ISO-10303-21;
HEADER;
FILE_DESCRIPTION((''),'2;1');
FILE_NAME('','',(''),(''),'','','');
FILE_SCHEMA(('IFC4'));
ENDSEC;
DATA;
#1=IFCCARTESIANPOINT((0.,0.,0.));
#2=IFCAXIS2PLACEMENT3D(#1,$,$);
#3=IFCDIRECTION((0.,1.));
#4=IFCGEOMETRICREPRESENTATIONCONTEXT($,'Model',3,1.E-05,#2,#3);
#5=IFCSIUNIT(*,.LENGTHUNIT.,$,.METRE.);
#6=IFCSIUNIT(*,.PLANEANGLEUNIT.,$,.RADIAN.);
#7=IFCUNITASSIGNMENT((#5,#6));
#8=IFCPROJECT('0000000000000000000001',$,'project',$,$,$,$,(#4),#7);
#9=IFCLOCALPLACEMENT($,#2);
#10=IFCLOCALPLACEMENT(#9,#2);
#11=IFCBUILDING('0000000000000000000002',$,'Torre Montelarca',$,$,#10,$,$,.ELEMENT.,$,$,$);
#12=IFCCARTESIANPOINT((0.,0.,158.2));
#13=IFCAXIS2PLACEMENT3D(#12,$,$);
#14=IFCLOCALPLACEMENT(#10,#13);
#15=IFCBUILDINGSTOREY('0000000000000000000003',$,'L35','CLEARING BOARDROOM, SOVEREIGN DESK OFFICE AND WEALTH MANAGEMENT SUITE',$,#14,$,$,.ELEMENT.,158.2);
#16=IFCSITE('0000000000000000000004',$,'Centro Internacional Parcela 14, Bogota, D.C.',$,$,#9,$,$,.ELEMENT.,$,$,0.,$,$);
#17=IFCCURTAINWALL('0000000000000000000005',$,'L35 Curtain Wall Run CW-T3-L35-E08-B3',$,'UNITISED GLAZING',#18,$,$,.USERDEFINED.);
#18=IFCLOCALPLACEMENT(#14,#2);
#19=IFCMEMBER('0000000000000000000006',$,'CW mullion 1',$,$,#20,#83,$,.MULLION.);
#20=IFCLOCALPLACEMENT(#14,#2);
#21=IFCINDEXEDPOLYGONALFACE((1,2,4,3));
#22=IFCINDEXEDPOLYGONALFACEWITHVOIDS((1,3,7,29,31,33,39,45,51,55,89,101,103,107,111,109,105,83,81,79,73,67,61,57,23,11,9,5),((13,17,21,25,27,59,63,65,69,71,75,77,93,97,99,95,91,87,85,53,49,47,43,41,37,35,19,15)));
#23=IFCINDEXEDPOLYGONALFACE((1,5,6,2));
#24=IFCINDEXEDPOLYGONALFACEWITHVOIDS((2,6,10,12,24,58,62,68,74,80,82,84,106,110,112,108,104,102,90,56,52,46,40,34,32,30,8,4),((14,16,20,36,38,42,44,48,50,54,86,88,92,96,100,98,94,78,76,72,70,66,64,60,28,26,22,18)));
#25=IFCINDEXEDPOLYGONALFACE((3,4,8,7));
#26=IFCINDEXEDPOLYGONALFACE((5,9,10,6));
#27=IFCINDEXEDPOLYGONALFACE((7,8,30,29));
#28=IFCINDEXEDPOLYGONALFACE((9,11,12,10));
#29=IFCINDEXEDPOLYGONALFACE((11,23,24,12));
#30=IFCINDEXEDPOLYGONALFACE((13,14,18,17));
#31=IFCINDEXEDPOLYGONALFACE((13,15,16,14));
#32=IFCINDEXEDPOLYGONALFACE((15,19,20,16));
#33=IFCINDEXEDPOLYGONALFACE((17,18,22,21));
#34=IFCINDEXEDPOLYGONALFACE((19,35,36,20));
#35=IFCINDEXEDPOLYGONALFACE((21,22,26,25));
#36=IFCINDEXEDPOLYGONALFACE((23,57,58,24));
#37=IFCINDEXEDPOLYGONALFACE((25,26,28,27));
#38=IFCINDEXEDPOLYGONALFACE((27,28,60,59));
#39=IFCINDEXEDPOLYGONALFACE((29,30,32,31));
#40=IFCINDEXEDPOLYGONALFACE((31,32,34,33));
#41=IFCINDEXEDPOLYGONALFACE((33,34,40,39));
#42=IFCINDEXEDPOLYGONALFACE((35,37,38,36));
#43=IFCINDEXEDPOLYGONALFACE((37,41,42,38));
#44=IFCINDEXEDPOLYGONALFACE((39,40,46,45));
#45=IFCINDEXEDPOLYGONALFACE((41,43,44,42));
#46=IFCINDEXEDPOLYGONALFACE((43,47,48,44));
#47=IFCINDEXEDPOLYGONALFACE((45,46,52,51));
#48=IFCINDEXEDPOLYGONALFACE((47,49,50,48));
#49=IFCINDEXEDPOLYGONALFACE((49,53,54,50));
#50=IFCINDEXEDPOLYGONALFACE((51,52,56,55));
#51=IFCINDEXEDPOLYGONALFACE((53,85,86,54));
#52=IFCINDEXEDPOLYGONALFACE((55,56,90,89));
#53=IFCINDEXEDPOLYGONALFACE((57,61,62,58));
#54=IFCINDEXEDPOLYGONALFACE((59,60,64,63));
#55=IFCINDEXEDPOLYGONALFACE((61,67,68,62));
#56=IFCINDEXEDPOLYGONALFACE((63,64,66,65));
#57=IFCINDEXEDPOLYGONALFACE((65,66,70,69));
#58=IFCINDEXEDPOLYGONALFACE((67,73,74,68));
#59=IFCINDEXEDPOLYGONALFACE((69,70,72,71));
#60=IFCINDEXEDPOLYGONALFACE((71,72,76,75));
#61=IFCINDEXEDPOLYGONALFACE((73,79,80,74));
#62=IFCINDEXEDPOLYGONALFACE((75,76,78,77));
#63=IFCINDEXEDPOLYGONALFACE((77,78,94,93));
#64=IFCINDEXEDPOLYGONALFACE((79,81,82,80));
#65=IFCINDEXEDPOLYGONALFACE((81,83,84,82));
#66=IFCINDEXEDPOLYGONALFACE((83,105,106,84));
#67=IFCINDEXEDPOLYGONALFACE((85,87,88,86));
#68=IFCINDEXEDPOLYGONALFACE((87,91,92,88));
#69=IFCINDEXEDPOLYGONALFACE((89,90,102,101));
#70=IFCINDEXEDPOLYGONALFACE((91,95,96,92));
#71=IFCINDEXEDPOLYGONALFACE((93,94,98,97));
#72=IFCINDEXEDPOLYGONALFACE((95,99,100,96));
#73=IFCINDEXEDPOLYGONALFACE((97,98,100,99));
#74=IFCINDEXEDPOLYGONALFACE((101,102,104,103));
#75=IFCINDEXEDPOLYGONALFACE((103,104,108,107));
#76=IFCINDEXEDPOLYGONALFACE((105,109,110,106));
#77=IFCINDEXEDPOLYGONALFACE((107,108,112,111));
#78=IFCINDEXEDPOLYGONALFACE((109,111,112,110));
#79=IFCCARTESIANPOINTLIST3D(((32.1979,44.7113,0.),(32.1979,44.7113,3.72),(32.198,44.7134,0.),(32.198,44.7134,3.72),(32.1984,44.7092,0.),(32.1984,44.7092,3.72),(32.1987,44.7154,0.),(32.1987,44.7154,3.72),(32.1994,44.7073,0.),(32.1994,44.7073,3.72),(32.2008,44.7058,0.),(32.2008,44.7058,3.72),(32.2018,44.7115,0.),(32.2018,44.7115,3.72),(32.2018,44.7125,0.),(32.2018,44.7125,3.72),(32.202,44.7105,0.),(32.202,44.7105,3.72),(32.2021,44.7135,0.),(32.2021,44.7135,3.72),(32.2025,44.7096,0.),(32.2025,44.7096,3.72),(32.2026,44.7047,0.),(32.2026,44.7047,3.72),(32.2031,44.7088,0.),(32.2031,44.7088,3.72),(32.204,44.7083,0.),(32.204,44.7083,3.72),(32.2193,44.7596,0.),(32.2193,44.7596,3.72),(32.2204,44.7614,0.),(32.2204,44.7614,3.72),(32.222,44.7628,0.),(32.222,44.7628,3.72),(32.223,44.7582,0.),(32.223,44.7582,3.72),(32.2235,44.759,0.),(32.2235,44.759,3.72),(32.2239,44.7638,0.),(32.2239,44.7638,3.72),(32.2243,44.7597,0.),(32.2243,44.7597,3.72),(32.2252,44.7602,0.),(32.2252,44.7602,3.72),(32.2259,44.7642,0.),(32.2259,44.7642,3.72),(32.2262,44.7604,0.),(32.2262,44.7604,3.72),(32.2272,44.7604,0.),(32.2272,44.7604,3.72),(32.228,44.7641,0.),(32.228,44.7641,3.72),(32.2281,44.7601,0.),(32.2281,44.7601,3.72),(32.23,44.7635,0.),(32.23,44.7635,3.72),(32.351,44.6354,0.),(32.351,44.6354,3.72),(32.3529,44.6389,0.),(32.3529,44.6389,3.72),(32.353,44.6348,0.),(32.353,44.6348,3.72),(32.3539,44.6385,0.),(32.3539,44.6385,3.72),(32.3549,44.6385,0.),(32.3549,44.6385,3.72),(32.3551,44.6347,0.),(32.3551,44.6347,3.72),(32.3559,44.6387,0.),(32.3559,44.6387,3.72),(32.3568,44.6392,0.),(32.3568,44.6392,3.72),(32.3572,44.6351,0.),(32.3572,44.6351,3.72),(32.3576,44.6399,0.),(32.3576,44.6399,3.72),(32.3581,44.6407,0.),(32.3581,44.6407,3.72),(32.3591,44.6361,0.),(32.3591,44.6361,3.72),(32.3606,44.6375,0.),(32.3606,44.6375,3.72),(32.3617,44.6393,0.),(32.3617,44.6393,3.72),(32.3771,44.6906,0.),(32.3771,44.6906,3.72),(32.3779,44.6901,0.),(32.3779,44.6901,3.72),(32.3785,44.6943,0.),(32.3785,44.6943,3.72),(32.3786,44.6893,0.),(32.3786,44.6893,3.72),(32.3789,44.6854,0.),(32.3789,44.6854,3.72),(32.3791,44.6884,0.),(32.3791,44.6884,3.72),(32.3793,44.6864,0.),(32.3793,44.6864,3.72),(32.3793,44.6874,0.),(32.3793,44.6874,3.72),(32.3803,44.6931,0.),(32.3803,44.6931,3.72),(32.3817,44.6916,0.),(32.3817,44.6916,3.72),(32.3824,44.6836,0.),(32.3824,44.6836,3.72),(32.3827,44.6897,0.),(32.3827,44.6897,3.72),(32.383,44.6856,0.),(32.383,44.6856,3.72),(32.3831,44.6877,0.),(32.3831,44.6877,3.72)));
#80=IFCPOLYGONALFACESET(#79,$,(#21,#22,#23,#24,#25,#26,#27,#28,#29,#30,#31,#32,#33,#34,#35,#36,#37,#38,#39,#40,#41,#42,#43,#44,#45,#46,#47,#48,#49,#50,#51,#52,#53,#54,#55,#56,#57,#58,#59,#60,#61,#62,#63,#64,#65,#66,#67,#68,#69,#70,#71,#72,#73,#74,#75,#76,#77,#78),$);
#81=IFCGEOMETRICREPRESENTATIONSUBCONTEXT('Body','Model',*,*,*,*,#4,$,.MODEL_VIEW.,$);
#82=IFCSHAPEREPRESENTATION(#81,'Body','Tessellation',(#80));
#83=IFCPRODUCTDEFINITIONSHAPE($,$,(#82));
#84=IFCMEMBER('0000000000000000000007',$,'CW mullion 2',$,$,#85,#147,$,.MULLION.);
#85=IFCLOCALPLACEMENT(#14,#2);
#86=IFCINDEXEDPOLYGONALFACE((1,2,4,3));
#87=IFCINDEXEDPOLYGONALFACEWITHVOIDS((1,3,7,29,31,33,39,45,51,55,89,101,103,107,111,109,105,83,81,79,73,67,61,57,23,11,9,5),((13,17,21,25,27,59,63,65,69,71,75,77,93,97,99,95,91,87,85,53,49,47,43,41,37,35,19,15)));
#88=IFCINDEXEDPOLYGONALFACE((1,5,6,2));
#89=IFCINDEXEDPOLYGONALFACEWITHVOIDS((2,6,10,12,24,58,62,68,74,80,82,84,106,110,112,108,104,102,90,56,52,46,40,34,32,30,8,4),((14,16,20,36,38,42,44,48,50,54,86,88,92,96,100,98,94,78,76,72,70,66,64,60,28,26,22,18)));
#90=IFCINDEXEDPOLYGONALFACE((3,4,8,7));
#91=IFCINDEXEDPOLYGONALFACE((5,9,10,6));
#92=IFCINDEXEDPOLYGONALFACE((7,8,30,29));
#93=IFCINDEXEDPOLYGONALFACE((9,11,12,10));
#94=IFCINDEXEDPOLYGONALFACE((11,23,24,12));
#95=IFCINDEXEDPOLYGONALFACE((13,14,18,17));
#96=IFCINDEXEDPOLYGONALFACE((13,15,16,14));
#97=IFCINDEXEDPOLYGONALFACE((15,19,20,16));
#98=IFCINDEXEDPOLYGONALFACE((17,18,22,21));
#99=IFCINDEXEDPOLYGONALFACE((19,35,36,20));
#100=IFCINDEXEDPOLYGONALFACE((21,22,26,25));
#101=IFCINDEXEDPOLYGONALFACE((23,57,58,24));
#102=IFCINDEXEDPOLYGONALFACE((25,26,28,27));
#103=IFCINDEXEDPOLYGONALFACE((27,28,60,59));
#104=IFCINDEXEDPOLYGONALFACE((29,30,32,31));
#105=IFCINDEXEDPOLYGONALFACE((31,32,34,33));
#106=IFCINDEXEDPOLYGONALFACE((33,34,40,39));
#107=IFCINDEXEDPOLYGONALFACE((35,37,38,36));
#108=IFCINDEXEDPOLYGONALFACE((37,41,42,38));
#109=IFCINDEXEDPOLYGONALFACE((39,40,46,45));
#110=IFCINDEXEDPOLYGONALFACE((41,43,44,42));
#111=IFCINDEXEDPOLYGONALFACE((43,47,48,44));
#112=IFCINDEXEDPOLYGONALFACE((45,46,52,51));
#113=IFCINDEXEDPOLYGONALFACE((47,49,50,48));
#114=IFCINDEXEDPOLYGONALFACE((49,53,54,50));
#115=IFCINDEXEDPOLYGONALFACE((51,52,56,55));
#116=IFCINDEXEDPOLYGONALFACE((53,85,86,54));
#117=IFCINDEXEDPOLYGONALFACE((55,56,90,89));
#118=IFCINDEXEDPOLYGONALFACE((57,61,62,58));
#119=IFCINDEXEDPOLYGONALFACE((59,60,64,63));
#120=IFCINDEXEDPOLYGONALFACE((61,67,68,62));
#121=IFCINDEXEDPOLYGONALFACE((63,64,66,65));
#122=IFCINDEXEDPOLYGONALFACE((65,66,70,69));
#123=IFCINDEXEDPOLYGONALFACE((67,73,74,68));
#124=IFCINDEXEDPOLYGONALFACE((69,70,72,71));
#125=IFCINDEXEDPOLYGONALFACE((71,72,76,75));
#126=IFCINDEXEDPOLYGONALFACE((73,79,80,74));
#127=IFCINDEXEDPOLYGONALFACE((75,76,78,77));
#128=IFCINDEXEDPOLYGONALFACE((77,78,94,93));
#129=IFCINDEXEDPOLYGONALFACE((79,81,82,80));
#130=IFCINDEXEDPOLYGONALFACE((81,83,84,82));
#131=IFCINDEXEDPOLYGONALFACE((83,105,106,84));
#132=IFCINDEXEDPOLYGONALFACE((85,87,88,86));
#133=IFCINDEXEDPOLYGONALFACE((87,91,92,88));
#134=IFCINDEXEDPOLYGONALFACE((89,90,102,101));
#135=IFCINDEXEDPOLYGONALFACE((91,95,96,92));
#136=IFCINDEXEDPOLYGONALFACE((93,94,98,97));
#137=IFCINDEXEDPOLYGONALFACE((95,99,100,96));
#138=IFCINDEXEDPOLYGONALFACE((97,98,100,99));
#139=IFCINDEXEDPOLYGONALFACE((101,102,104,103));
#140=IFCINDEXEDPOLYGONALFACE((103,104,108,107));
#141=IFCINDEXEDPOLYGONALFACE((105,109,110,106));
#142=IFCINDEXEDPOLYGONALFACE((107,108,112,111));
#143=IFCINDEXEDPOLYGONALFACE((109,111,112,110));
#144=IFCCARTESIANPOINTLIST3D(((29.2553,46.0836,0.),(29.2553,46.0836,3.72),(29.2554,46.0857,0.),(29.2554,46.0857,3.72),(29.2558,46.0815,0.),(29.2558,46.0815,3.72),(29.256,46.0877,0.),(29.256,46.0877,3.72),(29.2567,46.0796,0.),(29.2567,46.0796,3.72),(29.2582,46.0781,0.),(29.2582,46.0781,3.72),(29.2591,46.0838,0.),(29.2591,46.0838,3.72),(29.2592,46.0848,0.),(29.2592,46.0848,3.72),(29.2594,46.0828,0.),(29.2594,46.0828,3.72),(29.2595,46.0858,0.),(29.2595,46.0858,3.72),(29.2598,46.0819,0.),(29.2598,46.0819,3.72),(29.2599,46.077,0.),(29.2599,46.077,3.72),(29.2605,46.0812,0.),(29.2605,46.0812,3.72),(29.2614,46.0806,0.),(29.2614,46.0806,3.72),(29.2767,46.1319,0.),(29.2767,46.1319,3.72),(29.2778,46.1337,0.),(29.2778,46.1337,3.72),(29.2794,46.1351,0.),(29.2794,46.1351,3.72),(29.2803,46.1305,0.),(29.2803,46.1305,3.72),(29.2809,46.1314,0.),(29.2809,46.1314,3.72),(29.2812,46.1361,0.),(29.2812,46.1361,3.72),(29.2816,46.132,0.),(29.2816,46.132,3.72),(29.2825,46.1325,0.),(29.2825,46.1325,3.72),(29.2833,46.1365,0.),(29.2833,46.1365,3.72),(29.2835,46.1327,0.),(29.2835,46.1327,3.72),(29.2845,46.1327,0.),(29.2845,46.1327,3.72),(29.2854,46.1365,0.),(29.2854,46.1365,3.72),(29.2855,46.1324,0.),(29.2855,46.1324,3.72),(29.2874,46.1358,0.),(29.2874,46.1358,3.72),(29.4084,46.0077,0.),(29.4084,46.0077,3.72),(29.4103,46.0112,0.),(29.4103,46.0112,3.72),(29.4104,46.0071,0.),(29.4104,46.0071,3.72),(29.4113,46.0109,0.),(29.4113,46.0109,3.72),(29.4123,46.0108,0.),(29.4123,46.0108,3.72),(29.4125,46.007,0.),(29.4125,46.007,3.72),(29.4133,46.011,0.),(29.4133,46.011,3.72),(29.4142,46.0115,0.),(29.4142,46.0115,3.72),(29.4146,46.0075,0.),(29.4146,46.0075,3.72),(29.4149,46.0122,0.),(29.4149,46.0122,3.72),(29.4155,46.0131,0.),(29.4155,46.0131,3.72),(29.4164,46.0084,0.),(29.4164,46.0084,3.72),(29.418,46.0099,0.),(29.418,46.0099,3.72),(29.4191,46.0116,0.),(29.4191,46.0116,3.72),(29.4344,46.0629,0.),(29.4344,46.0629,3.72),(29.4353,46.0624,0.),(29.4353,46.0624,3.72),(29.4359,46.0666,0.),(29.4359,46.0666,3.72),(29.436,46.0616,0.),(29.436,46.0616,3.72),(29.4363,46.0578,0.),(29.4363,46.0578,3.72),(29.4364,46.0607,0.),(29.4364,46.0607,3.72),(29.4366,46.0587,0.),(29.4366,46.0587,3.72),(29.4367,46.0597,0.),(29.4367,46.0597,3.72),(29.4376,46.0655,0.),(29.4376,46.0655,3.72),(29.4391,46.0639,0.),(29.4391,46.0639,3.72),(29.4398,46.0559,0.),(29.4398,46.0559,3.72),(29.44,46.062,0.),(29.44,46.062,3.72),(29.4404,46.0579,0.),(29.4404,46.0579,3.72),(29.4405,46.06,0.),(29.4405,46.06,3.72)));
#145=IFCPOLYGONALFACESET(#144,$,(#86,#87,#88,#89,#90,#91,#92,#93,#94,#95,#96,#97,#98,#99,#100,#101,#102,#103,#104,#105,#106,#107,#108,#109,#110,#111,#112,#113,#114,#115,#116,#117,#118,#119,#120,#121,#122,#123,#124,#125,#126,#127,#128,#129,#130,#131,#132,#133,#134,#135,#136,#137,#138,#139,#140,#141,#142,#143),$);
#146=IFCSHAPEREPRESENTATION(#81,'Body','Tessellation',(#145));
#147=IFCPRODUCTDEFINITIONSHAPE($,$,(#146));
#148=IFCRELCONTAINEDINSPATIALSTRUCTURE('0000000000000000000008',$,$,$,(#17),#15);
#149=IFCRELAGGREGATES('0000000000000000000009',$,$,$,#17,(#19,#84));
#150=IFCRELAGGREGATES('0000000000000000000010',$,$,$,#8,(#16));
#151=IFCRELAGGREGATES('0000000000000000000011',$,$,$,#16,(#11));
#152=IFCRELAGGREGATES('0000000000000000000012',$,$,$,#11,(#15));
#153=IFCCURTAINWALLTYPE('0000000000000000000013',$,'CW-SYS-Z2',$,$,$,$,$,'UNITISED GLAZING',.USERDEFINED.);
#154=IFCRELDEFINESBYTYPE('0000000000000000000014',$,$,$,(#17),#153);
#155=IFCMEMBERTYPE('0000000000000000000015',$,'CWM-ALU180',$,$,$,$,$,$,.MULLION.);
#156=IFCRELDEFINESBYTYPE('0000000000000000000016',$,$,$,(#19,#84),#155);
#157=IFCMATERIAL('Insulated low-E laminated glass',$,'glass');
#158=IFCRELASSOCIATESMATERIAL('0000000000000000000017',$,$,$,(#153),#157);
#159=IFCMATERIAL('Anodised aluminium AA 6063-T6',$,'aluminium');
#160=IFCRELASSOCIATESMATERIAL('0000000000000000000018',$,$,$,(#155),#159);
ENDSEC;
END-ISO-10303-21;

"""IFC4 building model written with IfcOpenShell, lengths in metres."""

from ifc_helpers import new_model, si_unit, direction, frame, origin, origin_2d, place, context, subcontext, project, spatial, hollow_rectangle, extrude, source, transform, mapped, material, material_profile, profile_set, type_object, element, aggregate, save


model = new_model("IFC4")

# Units and contexts
model_context = context("Model", 3, precision=1e-05, world=origin(), true_north=direction((0.0, 1.0)))
body_context = subcontext(model_context, "Body", "Model", "MODEL_VIEW")
ifc_project = project(units=[si_unit("LENGTHUNIT", "METRE"), si_unit("PLANEANGLEUNIT", "RADIAN")], contexts=[model_context])

# Site, building, storey
site_placement = place(None, origin())
site = spatial("IfcSite", under=ifc_project, at=site_placement, Name="Centro Internacional Parcela 14, Bogota, D.C.", CompositionType="ELEMENT", RefElevation=0.0)
building_placement = place(site_placement, origin())
building = spatial("IfcBuilding", under=site, at=building_placement, Name="Torre Montelarca", CompositionType="ELEMENT")
storey_placement = place(building_placement, frame((0.0, 0.0, 158.2)))
storey = spatial("IfcBuildingStorey", under=building, at=storey_placement, Name="L35", Description="CLEARING BOARDROOM, SOVEREIGN DESK OFFICE AND WEALTH MANAGEMENT SUITE", CompositionType="ELEMENT", Elevation=158.2)

# Curtain wall, members
ifc_material_1 = material(Name="Insulated low-E laminated glass", Category="glass")
curtain_wall_type = type_object("IfcCurtainWallType", Name="CW-SYS-Z2", ElementType="UNITISED GLAZING", PredefinedType="USERDEFINED", material=ifc_material_1)
ifc_material_2 = material(Name="Anodised aluminium AA 6063-T6", Category="aluminium")
ifc_material_profile_1 = material_profile(ifc_material_2, hollow_rectangle(XDim=0.0649, YDim=0.1799, WallThickness=0.0039, InnerFilletRadius=0.0039, OuterFilletRadius=0.0081, at=origin_2d()), Name="ALU65X180X4", Category="aluminium")
ifc_profile_set_1 = profile_set([ifc_material_profile_1], Name="Anodised aluminium AA 6063-T6")
member_type_1 = type_object("IfcMemberType", Name="CWM-ALU180", PredefinedType="MULLION", material=ifc_profile_set_1)
shared_shape_1 = source(origin(), body_context, "Body", "SweptSolid", [
    extrude(hollow_rectangle(XDim=0.0649, YDim=0.1799, WallThickness=0.0039, InnerFilletRadius=0.0039, OuterFilletRadius=0.0081, at=origin_2d()), origin(), (0.0, 0.0, 1.0), 3.72),
])
curtain_wall_1_placement = place(storey_placement, origin())
curtain_wall_1 = element("IfcCurtainWall", 1, at=curtain_wall_1_placement, inside=storey, type_object=curtain_wall_type, Name="L35 Curtain Wall Run CW-T3-L35-E08-B3", ObjectType="UNITISED GLAZING", PredefinedType="USERDEFINED")
member_1_placement = place(storey_placement, frame((32.2905, 44.6995, 0.0), z_axis=(0.0, 0.0, 1.0), x_axis=(-0.422615, -0.906309, 0.0)))
member_1 = element("IfcMember", 2, at=member_1_placement, type_object=member_type_1, Name="CW mullion 1", PredefinedType="MULLION", context=body_context, shape_type="MappedRepresentation", body=[
    mapped(shared_shape_1, transform((0.0, 0.0, 0.0), scale=1.0)),
])
member_2_placement = place(storey_placement, frame((29.3479, 46.0718, 0.0), z_axis=(0.0, 0.0, 1.0), x_axis=(-0.422615, -0.906309, 0.0)))
member_2 = element("IfcMember", 3, at=member_2_placement, type_object=member_type_1, Name="CW mullion 2", PredefinedType="MULLION", context=body_context, shape_type="MappedRepresentation", body=[
    mapped(shared_shape_1, transform((0.0, 0.0, 0.0), scale=1.0)),
])

aggregate(curtain_wall_1, [member_1, member_2])

save(model, "model.ifc")
